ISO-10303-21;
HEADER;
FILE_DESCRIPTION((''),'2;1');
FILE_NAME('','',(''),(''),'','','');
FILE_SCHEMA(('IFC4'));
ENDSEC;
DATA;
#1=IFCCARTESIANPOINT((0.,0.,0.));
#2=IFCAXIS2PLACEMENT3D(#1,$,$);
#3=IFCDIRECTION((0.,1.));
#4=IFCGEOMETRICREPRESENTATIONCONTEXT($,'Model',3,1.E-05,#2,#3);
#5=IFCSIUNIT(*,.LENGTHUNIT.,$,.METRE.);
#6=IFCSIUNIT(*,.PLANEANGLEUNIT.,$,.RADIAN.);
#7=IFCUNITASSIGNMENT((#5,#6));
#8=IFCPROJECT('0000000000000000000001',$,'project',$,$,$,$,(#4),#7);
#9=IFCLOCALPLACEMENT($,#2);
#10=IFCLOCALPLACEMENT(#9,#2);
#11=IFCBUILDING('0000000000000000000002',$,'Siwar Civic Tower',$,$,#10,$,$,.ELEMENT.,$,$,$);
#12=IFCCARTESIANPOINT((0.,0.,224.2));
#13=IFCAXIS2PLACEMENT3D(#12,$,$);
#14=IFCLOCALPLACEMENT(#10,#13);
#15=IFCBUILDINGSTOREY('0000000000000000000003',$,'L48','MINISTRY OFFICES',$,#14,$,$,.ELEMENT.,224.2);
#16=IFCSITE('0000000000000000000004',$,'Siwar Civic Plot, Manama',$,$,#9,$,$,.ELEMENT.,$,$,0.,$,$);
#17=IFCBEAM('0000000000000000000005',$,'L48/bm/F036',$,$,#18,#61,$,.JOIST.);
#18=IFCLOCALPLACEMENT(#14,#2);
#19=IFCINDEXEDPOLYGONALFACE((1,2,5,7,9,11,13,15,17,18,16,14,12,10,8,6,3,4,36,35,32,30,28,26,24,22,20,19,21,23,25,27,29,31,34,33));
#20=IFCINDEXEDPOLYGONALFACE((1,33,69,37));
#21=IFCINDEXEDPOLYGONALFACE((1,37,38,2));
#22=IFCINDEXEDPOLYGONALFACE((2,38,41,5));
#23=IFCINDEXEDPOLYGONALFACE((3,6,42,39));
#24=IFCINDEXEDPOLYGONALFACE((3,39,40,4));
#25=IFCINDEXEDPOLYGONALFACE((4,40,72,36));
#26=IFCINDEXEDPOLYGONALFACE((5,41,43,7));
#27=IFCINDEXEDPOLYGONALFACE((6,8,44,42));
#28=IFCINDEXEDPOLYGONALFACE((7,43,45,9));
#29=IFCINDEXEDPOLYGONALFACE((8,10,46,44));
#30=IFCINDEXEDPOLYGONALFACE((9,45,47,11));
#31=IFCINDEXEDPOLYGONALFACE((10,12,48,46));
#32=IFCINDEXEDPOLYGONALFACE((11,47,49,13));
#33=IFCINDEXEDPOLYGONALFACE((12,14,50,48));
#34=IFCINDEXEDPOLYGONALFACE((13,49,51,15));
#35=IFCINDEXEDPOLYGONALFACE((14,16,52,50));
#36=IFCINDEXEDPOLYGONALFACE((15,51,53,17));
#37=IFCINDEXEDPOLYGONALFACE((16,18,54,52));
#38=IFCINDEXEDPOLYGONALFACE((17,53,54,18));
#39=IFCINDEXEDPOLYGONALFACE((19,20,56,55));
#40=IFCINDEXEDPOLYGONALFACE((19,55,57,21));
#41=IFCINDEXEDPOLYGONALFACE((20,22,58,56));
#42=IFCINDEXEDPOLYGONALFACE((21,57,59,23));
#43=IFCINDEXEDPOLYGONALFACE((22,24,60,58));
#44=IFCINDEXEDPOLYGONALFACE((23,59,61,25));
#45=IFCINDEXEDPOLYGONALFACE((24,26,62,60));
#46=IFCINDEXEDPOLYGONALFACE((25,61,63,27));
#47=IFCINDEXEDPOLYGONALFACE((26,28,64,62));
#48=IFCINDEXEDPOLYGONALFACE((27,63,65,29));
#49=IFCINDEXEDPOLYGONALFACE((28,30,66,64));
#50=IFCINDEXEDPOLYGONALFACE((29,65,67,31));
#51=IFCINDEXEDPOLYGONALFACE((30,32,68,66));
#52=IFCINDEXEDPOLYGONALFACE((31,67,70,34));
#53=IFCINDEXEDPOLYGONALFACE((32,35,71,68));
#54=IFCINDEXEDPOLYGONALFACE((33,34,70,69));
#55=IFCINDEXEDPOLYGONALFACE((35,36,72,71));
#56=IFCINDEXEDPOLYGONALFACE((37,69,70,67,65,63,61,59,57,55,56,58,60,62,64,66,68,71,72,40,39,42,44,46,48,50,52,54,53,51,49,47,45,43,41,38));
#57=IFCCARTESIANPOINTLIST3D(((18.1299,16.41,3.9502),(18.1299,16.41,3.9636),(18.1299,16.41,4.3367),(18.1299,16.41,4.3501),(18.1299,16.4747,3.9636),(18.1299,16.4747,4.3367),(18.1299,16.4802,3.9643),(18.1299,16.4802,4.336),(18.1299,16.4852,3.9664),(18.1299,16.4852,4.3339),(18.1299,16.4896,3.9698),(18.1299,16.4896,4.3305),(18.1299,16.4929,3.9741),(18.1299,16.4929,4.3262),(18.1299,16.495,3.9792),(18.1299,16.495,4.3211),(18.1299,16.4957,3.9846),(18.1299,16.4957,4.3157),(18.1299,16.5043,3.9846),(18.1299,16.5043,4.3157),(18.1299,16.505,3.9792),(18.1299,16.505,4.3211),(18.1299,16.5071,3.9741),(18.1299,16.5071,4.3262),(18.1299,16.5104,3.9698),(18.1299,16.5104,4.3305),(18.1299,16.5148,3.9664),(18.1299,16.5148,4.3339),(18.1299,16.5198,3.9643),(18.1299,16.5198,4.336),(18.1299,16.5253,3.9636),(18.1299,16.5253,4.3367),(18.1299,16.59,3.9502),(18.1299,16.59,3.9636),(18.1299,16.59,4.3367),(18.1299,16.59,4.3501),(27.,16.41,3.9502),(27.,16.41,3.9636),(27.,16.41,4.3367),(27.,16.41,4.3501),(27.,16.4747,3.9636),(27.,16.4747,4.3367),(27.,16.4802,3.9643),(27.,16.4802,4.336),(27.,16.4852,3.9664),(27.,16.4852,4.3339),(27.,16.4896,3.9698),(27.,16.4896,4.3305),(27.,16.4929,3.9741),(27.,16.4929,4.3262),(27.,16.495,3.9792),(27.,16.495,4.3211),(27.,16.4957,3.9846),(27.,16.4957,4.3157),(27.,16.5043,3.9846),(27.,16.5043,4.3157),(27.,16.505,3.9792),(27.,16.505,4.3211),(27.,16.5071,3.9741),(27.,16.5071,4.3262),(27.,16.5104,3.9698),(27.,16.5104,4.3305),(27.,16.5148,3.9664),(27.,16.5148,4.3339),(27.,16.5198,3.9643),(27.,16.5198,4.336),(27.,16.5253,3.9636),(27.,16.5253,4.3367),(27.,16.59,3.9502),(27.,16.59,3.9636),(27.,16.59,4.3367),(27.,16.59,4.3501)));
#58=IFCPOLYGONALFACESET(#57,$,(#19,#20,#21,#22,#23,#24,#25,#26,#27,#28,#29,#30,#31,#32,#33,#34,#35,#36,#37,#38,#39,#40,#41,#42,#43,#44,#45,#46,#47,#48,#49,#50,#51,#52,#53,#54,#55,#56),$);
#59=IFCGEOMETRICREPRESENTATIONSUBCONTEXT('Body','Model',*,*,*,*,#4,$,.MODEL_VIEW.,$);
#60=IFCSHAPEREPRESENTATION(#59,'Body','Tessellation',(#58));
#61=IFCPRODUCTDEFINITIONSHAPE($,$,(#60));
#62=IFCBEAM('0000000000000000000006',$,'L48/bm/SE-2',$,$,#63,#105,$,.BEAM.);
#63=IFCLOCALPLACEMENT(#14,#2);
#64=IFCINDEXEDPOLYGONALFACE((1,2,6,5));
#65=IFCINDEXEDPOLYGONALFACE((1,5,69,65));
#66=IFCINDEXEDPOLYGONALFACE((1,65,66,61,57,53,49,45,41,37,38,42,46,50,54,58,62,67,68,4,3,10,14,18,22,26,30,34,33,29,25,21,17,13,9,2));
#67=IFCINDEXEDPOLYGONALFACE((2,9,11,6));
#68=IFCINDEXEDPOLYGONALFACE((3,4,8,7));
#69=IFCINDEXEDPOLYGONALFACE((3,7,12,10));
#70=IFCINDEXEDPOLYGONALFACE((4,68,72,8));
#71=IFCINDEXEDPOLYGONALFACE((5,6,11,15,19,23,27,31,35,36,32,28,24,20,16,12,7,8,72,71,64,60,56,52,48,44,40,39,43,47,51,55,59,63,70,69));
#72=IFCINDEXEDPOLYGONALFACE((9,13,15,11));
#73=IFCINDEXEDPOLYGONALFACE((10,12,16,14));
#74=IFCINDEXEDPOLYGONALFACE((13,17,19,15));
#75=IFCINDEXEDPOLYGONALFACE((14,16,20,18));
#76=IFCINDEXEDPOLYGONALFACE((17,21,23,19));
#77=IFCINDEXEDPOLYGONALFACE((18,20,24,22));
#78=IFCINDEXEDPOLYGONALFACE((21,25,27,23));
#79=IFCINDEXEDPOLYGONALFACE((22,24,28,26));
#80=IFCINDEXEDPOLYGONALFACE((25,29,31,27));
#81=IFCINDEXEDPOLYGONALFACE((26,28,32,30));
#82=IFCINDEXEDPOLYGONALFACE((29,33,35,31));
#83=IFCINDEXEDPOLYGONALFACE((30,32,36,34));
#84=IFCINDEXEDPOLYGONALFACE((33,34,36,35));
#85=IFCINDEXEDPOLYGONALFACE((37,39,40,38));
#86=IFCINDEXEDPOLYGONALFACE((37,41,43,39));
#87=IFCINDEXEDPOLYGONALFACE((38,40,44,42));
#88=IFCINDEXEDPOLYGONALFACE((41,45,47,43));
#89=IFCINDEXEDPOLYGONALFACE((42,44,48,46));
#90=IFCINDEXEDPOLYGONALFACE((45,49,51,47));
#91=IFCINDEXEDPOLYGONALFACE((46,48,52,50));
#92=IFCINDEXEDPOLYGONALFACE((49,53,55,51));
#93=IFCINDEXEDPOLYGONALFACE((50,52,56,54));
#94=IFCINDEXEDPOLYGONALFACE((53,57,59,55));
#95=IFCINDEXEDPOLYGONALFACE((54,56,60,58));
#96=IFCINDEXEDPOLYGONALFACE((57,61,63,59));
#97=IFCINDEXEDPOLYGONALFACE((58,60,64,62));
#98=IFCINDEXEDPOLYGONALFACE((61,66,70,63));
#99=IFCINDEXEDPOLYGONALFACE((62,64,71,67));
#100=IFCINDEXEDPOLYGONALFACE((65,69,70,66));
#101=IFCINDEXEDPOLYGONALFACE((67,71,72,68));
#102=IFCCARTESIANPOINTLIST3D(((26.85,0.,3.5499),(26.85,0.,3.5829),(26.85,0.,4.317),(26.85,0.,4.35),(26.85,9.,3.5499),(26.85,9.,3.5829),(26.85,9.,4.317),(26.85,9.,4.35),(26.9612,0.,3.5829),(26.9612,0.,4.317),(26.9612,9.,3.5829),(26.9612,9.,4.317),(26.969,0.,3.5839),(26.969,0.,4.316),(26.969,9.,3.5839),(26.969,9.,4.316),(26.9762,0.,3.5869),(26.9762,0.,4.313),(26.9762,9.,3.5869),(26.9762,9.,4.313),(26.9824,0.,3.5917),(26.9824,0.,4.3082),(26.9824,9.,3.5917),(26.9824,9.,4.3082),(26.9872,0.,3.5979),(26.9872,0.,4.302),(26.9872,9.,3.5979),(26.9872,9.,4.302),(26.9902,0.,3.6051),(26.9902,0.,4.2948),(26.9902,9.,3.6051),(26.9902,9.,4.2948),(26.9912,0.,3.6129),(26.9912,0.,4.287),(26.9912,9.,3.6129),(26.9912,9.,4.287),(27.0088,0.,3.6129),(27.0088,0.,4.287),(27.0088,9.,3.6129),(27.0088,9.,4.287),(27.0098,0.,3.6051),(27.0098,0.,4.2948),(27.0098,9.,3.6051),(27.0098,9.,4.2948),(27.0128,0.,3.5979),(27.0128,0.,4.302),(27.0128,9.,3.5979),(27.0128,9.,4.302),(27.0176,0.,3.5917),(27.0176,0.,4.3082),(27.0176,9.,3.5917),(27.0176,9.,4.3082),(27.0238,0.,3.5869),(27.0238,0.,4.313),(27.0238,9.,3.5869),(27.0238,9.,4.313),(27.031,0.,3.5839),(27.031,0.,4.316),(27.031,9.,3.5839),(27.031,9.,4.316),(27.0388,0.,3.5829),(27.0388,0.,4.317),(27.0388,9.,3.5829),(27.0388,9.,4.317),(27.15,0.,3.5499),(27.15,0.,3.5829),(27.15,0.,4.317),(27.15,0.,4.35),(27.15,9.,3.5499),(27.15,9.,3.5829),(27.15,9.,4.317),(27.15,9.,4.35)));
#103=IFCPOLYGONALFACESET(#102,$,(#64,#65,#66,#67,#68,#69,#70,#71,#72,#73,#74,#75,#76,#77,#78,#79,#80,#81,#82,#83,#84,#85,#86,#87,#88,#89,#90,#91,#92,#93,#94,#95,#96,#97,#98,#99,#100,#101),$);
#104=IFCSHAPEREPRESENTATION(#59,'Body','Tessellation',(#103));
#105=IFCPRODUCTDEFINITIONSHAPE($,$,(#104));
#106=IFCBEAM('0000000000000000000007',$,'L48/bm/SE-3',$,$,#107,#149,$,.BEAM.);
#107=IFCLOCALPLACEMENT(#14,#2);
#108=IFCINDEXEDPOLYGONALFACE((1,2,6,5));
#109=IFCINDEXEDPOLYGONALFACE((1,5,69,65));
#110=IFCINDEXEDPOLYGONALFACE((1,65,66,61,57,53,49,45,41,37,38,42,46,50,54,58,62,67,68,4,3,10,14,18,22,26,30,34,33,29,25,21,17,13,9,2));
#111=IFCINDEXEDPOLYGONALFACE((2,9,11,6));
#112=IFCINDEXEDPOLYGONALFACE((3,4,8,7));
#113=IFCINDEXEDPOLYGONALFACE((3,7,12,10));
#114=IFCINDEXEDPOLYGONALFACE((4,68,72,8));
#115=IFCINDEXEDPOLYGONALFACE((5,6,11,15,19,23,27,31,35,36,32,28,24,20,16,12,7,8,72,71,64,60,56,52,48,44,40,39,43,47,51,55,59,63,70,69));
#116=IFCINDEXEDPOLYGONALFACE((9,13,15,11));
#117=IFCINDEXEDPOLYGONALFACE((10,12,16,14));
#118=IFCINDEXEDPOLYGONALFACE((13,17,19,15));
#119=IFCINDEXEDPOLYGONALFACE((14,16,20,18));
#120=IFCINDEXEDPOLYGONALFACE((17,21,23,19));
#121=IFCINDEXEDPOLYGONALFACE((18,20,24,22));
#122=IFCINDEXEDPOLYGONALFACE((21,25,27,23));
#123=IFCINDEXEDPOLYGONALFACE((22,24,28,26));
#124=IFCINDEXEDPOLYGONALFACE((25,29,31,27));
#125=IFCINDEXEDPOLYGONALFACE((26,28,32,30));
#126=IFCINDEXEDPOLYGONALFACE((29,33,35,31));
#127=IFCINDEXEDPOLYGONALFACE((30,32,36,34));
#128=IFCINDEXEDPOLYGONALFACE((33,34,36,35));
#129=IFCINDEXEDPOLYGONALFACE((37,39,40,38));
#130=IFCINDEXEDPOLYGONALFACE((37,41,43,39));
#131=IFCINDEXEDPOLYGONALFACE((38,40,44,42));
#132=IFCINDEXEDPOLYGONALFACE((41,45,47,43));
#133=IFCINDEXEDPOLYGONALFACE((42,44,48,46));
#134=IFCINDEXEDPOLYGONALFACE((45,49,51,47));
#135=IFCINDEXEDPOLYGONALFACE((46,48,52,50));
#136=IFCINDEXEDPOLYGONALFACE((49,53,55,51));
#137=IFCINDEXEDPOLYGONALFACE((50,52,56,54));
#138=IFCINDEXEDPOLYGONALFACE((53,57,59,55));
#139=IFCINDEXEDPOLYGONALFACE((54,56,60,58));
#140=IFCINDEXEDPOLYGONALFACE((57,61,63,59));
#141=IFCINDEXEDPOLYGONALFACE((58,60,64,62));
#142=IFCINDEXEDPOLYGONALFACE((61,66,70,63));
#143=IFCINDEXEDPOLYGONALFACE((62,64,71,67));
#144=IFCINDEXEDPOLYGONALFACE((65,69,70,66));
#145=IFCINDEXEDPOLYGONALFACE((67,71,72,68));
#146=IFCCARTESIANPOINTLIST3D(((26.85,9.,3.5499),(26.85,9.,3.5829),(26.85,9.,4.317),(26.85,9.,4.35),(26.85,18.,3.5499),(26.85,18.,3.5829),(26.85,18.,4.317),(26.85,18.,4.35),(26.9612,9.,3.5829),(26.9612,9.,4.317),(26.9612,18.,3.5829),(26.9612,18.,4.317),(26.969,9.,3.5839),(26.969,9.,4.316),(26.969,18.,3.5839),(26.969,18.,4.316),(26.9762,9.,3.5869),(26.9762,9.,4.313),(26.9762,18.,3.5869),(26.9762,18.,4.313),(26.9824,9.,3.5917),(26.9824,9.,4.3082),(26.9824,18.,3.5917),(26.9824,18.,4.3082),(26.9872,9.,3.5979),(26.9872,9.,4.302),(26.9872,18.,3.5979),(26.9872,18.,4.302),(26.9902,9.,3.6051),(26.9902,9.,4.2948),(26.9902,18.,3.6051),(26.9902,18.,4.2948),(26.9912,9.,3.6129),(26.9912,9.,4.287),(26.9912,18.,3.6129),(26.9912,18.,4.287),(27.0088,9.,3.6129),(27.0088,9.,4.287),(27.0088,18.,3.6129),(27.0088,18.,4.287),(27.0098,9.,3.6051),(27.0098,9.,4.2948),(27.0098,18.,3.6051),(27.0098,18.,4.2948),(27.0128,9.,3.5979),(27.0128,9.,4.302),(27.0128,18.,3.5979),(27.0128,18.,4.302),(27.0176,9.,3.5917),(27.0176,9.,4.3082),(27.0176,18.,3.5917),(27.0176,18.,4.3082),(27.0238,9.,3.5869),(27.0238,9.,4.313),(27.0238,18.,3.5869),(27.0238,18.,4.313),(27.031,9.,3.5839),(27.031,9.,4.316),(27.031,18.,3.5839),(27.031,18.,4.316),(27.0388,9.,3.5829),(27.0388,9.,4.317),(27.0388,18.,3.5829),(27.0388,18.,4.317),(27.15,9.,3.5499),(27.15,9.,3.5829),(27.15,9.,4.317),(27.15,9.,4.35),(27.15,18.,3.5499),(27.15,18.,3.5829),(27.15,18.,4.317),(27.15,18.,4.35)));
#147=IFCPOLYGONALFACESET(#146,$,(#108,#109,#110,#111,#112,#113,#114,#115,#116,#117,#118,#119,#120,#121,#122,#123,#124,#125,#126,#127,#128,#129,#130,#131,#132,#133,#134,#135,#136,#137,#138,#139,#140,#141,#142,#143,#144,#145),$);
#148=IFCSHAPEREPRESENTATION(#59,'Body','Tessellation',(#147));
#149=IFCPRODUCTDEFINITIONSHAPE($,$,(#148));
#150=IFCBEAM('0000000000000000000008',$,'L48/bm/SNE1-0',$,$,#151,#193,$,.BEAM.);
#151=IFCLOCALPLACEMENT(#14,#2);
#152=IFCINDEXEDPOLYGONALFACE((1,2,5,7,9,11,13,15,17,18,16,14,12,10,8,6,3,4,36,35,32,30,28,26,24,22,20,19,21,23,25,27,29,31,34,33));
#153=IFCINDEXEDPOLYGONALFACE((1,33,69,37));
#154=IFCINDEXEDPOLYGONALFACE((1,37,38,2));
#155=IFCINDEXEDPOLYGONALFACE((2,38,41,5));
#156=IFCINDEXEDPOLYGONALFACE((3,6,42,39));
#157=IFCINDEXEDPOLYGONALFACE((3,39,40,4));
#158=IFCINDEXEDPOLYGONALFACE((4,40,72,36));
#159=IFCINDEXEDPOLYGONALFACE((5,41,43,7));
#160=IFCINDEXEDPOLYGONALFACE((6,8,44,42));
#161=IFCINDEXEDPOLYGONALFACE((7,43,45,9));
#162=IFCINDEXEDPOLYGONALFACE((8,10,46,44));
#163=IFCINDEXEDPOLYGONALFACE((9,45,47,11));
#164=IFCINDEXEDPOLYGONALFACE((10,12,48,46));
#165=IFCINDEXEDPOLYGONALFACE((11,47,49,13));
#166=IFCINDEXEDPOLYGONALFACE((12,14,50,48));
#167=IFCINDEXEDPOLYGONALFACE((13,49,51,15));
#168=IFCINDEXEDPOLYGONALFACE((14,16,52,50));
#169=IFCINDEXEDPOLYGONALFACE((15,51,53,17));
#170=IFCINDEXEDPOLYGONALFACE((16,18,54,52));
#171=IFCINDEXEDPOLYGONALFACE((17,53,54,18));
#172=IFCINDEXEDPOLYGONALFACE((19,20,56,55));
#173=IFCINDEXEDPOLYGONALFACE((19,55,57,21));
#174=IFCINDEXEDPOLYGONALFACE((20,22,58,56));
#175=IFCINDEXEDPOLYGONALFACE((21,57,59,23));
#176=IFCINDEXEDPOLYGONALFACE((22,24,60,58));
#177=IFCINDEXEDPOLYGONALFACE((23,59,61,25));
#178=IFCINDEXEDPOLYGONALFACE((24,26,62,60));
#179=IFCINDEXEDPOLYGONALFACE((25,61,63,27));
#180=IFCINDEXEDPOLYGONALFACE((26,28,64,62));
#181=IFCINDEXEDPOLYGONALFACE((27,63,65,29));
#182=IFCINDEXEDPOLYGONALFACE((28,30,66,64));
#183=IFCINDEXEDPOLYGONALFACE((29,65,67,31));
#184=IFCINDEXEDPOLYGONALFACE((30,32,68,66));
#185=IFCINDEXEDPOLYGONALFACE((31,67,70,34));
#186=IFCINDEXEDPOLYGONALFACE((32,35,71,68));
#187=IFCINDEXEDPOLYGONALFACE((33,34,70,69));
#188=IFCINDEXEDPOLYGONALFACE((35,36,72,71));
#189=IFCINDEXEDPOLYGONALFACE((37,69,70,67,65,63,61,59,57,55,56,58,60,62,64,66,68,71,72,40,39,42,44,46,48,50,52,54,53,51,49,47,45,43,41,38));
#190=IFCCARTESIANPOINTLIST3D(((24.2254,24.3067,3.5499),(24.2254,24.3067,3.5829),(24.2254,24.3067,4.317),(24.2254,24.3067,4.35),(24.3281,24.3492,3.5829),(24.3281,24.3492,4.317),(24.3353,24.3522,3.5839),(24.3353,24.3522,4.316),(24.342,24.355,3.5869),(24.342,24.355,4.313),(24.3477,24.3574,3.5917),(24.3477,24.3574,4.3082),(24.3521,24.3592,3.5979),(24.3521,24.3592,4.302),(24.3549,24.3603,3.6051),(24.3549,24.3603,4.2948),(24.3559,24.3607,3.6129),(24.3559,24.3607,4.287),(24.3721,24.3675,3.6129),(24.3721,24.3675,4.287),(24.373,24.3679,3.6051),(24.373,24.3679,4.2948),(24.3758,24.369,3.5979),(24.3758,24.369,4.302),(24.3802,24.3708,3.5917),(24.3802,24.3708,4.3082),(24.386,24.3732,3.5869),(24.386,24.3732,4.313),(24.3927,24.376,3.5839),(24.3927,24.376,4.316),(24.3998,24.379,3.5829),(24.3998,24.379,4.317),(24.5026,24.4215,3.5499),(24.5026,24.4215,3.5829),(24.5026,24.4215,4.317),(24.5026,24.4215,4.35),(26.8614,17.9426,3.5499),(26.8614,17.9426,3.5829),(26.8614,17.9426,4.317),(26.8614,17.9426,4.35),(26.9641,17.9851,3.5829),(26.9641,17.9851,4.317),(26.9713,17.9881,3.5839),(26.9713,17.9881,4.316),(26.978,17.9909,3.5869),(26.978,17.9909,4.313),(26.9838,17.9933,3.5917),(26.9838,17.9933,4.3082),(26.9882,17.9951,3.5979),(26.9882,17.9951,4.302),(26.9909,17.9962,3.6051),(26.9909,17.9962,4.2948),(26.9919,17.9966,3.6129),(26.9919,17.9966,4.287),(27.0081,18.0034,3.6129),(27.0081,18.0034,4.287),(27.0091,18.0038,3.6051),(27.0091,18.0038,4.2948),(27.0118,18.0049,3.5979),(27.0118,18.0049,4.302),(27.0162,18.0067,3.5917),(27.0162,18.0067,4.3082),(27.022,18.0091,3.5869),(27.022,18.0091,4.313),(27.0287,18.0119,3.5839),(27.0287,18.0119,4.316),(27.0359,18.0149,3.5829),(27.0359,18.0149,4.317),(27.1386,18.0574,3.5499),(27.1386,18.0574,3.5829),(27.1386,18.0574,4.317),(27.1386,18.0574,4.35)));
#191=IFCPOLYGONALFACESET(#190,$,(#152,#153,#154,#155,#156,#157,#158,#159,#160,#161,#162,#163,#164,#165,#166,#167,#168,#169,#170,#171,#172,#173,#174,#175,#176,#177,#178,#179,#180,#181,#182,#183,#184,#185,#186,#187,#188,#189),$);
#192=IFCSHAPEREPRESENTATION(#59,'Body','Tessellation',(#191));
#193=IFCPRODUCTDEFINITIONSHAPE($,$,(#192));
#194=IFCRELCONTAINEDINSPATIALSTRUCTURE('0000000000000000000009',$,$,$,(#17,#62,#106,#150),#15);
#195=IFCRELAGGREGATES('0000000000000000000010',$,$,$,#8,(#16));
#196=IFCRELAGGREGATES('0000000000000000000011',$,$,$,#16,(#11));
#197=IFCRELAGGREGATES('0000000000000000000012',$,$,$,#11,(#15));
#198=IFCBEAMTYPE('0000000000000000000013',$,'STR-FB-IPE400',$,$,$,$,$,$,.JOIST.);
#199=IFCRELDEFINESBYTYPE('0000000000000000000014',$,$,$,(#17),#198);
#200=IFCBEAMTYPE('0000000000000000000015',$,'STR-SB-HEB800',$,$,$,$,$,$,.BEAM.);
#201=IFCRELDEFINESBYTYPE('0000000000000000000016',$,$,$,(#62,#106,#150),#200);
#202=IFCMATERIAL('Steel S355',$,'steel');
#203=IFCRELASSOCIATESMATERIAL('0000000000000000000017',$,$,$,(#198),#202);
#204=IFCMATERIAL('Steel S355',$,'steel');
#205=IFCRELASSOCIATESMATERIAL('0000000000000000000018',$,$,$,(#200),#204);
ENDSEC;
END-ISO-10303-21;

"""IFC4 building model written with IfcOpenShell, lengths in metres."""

from ifc_helpers import new_model, si_unit, direction, frame, origin, origin_2d, place, context, subcontext, project, spatial, i_section, extrude, material, material_profile, profile_set, type_object, element, save


model = new_model("IFC4")

# Units and contexts
model_context = context("Model", 3, precision=1e-05, world=origin(), true_north=direction((0.0, 1.0)))
body_context = subcontext(model_context, "Body", "Model", "MODEL_VIEW")
ifc_project = project(units=[si_unit("LENGTHUNIT", "METRE"), si_unit("PLANEANGLEUNIT", "RADIAN")], contexts=[model_context])

# Site, building, storey
site_placement = place(None, origin())
site = spatial("IfcSite", under=ifc_project, at=site_placement, Name="Siwar Civic Plot, Manama", CompositionType="ELEMENT", RefElevation=0.0)
building_placement = place(site_placement, origin())
building = spatial("IfcBuilding", under=site, at=building_placement, Name="Siwar Civic Tower", CompositionType="ELEMENT")
storey_placement = place(building_placement, frame((0.0, 0.0, 224.2)))
storey = spatial("IfcBuildingStorey", under=building, at=storey_placement, Name="L48", Description="MINISTRY OFFICES", CompositionType="ELEMENT", Elevation=224.2)

# Beams
ifc_material_1 = material(Name="Steel S355", Category="steel")
ifc_material_profile_1 = material_profile(ifc_material_1, i_section(OverallWidth=0.1799, OverallDepth=0.3999, WebThickness=0.0085, FlangeThickness=0.0134, FilletRadius=0.021, at=origin_2d()), Name="IPE400")
ifc_profile_set_1 = profile_set([ifc_material_profile_1], Name="Steel S355")
beam_type_1 = type_object("IfcBeamType", Name="STR-FB-IPE400", PredefinedType="JOIST", material=ifc_profile_set_1)
beam_1_placement = place(storey_placement, frame((18.1299, 16.5, 4.1501), z_axis=(1.0, 0.0, 0.0), x_axis=(0.0, 1.0, 0.0)))
element("IfcBeam", 1, at=beam_1_placement, inside=storey, type_object=beam_type_1, Name="L48/bm/F036", PredefinedType="JOIST", context=body_context, shape_type="SweptSolid", body=[
    extrude(i_section(OverallWidth=0.1799, OverallDepth=0.3999, WebThickness=0.0085, FlangeThickness=0.0134, FilletRadius=0.021, at=origin_2d()), origin(), (0.0, 0.0, 1.0), 8.8701),
])
ifc_material_2 = material(Name="Steel S355", Category="steel")
ifc_material_profile_2 = material_profile(ifc_material_2, i_section(OverallWidth=0.3, OverallDepth=0.8, WebThickness=0.0176, FlangeThickness=0.033, FilletRadius=0.03, at=origin_2d()), Name="HEB800")
ifc_profile_set_2 = profile_set([ifc_material_profile_2], Name="Steel S355")
beam_type_2 = type_object("IfcBeamType", Name="STR-SB-HEB800", PredefinedType="BEAM", material=ifc_profile_set_2)
for number, where, z_axis, x_axis, name in (
    (2, (27.0, 0.0, 3.95), (0.0, 1.0, 0.0), (-1.0, 0.0, 0.0), "L48/bm/SE-2"),
    (3, (27.0, 9.0, 3.95), (0.0, 1.0, 0.0), (-1.0, 0.0, 0.0), "L48/bm/SE-3"),
):
    element("IfcBeam", number, at=place(storey_placement, frame(where, z_axis=z_axis, x_axis=x_axis)), inside=storey, type_object=beam_type_2, Name=name, PredefinedType="BEAM", context=body_context, shape_type="SweptSolid", body=[
        extrude(i_section(OverallWidth=0.3, OverallDepth=0.8, WebThickness=0.0176, FlangeThickness=0.033, FilletRadius=0.03, at=origin_2d()), origin(), (0.0, 0.0, 1.0), 9.0),
    ])
beam_2_placement = place(storey_placement, frame((27.0, 18.0, 3.95), z_axis=(-0.382674, 0.923883, 0.0), x_axis=(-0.923883, -0.382674, 0.0)))
element("IfcBeam", 4, at=beam_2_placement, inside=storey, type_object=beam_type_2, Name="L48/bm/SNE1-0", PredefinedType="BEAM", context=body_context, shape_type="SweptSolid", body=[
    extrude(i_section(OverallWidth=0.3, OverallDepth=0.8, WebThickness=0.0176, FlangeThickness=0.033, FilletRadius=0.03, at=origin_2d()), origin(), (0.0, 0.0, 1.0), 6.8884),
])

save(model, "model.ifc")
